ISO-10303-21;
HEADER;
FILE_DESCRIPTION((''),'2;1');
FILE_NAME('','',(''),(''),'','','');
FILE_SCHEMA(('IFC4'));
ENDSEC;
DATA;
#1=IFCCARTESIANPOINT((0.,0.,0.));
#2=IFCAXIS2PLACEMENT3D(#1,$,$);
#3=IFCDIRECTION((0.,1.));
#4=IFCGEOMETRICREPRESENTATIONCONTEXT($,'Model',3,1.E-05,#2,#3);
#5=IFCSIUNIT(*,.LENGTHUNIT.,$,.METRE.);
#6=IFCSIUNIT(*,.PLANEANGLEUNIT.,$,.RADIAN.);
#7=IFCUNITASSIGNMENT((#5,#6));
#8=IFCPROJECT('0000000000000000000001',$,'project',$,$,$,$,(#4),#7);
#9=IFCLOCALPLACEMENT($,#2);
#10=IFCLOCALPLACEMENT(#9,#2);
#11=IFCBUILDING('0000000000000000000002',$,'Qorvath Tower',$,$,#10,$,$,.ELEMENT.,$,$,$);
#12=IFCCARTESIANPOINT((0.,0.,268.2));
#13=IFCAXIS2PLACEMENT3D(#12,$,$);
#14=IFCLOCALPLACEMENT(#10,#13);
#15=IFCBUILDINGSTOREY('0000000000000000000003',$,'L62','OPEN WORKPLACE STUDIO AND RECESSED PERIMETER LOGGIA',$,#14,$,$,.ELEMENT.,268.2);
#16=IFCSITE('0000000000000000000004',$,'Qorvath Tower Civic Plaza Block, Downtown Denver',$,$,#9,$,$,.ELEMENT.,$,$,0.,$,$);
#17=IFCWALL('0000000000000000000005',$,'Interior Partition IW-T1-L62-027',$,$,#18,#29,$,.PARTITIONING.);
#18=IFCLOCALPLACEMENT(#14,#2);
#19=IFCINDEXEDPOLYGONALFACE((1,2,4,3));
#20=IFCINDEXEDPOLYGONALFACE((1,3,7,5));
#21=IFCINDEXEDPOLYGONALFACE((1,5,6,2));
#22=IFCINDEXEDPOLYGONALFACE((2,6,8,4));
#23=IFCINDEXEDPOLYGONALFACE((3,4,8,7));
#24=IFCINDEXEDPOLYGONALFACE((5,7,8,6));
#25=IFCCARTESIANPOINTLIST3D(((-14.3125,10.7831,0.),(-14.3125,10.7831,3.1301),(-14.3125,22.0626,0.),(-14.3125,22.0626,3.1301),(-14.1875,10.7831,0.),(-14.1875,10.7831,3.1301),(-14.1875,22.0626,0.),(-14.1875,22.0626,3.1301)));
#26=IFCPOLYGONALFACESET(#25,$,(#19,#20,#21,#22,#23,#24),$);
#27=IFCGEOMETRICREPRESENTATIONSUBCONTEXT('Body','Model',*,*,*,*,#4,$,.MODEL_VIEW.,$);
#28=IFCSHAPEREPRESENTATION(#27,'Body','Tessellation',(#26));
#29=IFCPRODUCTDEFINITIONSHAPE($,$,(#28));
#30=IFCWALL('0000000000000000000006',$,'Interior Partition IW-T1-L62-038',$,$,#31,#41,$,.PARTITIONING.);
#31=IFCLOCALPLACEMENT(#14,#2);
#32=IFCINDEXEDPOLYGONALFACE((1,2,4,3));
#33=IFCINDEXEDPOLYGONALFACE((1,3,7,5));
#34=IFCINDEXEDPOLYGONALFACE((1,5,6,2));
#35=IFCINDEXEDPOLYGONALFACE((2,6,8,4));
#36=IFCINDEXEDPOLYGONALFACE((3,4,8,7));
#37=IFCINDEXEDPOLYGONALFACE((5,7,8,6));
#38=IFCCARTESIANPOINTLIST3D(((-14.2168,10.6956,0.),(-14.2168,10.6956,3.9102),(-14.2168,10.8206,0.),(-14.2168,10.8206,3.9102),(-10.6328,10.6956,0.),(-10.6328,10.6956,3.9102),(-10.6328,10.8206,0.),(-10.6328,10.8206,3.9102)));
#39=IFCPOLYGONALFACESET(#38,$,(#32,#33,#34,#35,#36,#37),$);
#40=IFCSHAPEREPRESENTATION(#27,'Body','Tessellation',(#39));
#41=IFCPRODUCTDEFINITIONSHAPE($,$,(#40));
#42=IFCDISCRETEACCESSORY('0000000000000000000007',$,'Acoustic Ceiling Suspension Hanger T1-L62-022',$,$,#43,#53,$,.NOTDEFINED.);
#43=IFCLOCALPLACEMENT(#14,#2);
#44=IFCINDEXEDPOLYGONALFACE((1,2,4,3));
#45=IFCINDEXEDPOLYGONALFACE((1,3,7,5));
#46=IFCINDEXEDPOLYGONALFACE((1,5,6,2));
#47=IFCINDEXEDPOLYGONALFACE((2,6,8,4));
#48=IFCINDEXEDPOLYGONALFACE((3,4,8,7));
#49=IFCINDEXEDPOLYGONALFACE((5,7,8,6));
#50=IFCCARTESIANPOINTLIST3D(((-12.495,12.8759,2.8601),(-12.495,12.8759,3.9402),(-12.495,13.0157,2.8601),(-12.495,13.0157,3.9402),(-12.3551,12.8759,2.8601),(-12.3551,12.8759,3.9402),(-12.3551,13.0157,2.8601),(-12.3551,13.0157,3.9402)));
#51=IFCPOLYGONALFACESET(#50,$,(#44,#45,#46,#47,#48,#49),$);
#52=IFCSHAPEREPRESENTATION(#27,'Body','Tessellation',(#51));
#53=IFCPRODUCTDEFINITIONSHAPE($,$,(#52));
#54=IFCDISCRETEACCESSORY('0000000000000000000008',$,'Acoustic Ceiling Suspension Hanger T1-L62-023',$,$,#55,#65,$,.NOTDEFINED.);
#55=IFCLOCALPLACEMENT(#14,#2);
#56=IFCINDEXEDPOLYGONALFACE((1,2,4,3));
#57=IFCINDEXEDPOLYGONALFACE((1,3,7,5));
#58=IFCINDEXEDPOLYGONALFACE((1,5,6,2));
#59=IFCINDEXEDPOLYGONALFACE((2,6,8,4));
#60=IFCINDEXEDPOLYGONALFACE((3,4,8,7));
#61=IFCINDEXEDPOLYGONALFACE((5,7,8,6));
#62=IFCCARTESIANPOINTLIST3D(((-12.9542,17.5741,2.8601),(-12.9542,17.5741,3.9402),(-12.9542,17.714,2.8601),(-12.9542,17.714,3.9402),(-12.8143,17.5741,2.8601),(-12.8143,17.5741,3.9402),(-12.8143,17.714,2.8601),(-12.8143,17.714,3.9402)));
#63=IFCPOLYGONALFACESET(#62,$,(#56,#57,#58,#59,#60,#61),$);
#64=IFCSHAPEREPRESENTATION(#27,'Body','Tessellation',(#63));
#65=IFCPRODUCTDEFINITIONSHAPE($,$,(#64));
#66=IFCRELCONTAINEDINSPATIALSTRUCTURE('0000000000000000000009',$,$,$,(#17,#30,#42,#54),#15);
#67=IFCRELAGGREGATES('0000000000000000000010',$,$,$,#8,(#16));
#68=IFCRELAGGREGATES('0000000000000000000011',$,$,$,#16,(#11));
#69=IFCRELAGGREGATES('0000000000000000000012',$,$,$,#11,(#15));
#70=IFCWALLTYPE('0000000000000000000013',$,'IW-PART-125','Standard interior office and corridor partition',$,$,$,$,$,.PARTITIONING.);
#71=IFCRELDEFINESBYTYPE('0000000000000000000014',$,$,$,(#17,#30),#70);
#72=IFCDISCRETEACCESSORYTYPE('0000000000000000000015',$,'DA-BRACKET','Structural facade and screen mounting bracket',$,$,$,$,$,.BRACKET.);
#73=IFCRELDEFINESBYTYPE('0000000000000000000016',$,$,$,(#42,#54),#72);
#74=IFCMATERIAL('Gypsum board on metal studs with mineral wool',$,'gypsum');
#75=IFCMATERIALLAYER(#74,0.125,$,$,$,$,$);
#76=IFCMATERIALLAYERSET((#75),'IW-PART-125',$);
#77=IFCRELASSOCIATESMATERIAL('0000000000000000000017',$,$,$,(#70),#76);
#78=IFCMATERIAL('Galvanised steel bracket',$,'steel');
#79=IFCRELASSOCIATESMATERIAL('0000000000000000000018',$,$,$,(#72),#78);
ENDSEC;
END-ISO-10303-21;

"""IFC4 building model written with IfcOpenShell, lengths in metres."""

from ifc_helpers import new_model, si_unit, direction, frame, frame_2d, origin, origin_2d, place, context, subcontext, project, spatial, rectangle, extrude, material, layer, layer_set, type_object, element, save


model = new_model("IFC4")

# Units and contexts
model_context = context("Model", 3, precision=1e-05, world=origin(), true_north=direction((0.0, 1.0)))
body_context = subcontext(model_context, "Body", "Model", "MODEL_VIEW")
ifc_project = project(units=[si_unit("LENGTHUNIT", "METRE"), si_unit("PLANEANGLEUNIT", "RADIAN")], contexts=[model_context])

# Site, building, storey
site_placement = place(None, origin())
site = spatial("IfcSite", under=ifc_project, at=site_placement, Name="Qorvath Tower Civic Plaza Block, Downtown Denver", CompositionType="ELEMENT", RefElevation=0.0)
building_placement = place(site_placement, origin())
building = spatial("IfcBuilding", under=site, at=building_placement, Name="Qorvath Tower", CompositionType="ELEMENT")
storey_placement = place(building_placement, frame((0.0, 0.0, 268.2)))
storey = spatial("IfcBuildingStorey", under=building, at=storey_placement, Name="L62", Description="OPEN WORKPLACE STUDIO AND RECESSED PERIMETER LOGGIA", CompositionType="ELEMENT", Elevation=268.2)

# Walls
ifc_material_1 = material(Name="Gypsum board on metal studs with mineral wool", Category="gypsum")
ifc_layer_1 = layer(ifc_material_1, 0.125)
ifc_layer_set_1 = layer_set([ifc_layer_1], Name="IW-PART-125")
wall_type = type_object("IfcWallType", Name="IW-PART-125", Description="Standard interior office and corridor partition", PredefinedType="PARTITIONING", material=ifc_layer_set_1)
wall_1_placement = place(storey_placement, frame((-14.25, 10.7832, 0.0), z_axis=(0.0, 0.0, 1.0), x_axis=(0.0, 1.0, 0.0)))
element("IfcWall", 1, at=wall_1_placement, inside=storey, type_object=wall_type, Name="Interior Partition IW-T1-L62-027", PredefinedType="PARTITIONING", context=body_context, shape_type="SweptSolid", body=[
    extrude(rectangle(XDim=11.2795, YDim=0.125, at=frame_2d((5.6396, 0.0))), origin(), (0.0, 0.0, 1.0), 3.1301),
])
wall_2_placement = place(storey_placement, frame((-14.2168, 10.7581, 0.0), z_axis=(0.0, 0.0, 1.0), x_axis=(1.0, 0.0, 0.0)))
element("IfcWall", 2, at=wall_2_placement, inside=storey, type_object=wall_type, Name="Interior Partition IW-T1-L62-038", PredefinedType="PARTITIONING", context=body_context, shape_type="SweptSolid", body=[
    extrude(rectangle(XDim=3.584, YDim=0.125, at=frame_2d((1.792, 0.0))), origin(), (0.0, 0.0, 1.0), 3.9102),
])

# Discrete accessories
ifc_material_2 = material(Name="Galvanised steel bracket", Category="steel")
discrete_accessory_type = type_object("IfcDiscreteAccessoryType", Name="DA-BRACKET", Description="Structural facade and screen mounting bracket", PredefinedType="BRACKET", material=ifc_material_2)
for number, where, z_axis, x_axis, name in (
    (3, (-12.425, 12.9458, 2.8601), (0.0, 0.0, 1.0), (1.0, 0.0, 0.0), "Acoustic Ceiling Suspension Hanger T1-L62-022"),
    (4, (-12.8843, 17.644, 2.8601), (0.0, 0.0, 1.0), (1.0, 0.0, 0.0), "Acoustic Ceiling Suspension Hanger T1-L62-023"),
):
    element("IfcDiscreteAccessory", number, at=place(storey_placement, frame(where, z_axis=z_axis, x_axis=x_axis)), inside=storey, type_object=discrete_accessory_type, Name=name, PredefinedType="NOTDEFINED", context=body_context, shape_type="SweptSolid", body=[
        extrude(rectangle(XDim=0.1399, YDim=0.1399, at=origin_2d()), origin(), (0.0, 0.0, 1.0), 1.0801),
    ])

save(model, "model.ifc")
